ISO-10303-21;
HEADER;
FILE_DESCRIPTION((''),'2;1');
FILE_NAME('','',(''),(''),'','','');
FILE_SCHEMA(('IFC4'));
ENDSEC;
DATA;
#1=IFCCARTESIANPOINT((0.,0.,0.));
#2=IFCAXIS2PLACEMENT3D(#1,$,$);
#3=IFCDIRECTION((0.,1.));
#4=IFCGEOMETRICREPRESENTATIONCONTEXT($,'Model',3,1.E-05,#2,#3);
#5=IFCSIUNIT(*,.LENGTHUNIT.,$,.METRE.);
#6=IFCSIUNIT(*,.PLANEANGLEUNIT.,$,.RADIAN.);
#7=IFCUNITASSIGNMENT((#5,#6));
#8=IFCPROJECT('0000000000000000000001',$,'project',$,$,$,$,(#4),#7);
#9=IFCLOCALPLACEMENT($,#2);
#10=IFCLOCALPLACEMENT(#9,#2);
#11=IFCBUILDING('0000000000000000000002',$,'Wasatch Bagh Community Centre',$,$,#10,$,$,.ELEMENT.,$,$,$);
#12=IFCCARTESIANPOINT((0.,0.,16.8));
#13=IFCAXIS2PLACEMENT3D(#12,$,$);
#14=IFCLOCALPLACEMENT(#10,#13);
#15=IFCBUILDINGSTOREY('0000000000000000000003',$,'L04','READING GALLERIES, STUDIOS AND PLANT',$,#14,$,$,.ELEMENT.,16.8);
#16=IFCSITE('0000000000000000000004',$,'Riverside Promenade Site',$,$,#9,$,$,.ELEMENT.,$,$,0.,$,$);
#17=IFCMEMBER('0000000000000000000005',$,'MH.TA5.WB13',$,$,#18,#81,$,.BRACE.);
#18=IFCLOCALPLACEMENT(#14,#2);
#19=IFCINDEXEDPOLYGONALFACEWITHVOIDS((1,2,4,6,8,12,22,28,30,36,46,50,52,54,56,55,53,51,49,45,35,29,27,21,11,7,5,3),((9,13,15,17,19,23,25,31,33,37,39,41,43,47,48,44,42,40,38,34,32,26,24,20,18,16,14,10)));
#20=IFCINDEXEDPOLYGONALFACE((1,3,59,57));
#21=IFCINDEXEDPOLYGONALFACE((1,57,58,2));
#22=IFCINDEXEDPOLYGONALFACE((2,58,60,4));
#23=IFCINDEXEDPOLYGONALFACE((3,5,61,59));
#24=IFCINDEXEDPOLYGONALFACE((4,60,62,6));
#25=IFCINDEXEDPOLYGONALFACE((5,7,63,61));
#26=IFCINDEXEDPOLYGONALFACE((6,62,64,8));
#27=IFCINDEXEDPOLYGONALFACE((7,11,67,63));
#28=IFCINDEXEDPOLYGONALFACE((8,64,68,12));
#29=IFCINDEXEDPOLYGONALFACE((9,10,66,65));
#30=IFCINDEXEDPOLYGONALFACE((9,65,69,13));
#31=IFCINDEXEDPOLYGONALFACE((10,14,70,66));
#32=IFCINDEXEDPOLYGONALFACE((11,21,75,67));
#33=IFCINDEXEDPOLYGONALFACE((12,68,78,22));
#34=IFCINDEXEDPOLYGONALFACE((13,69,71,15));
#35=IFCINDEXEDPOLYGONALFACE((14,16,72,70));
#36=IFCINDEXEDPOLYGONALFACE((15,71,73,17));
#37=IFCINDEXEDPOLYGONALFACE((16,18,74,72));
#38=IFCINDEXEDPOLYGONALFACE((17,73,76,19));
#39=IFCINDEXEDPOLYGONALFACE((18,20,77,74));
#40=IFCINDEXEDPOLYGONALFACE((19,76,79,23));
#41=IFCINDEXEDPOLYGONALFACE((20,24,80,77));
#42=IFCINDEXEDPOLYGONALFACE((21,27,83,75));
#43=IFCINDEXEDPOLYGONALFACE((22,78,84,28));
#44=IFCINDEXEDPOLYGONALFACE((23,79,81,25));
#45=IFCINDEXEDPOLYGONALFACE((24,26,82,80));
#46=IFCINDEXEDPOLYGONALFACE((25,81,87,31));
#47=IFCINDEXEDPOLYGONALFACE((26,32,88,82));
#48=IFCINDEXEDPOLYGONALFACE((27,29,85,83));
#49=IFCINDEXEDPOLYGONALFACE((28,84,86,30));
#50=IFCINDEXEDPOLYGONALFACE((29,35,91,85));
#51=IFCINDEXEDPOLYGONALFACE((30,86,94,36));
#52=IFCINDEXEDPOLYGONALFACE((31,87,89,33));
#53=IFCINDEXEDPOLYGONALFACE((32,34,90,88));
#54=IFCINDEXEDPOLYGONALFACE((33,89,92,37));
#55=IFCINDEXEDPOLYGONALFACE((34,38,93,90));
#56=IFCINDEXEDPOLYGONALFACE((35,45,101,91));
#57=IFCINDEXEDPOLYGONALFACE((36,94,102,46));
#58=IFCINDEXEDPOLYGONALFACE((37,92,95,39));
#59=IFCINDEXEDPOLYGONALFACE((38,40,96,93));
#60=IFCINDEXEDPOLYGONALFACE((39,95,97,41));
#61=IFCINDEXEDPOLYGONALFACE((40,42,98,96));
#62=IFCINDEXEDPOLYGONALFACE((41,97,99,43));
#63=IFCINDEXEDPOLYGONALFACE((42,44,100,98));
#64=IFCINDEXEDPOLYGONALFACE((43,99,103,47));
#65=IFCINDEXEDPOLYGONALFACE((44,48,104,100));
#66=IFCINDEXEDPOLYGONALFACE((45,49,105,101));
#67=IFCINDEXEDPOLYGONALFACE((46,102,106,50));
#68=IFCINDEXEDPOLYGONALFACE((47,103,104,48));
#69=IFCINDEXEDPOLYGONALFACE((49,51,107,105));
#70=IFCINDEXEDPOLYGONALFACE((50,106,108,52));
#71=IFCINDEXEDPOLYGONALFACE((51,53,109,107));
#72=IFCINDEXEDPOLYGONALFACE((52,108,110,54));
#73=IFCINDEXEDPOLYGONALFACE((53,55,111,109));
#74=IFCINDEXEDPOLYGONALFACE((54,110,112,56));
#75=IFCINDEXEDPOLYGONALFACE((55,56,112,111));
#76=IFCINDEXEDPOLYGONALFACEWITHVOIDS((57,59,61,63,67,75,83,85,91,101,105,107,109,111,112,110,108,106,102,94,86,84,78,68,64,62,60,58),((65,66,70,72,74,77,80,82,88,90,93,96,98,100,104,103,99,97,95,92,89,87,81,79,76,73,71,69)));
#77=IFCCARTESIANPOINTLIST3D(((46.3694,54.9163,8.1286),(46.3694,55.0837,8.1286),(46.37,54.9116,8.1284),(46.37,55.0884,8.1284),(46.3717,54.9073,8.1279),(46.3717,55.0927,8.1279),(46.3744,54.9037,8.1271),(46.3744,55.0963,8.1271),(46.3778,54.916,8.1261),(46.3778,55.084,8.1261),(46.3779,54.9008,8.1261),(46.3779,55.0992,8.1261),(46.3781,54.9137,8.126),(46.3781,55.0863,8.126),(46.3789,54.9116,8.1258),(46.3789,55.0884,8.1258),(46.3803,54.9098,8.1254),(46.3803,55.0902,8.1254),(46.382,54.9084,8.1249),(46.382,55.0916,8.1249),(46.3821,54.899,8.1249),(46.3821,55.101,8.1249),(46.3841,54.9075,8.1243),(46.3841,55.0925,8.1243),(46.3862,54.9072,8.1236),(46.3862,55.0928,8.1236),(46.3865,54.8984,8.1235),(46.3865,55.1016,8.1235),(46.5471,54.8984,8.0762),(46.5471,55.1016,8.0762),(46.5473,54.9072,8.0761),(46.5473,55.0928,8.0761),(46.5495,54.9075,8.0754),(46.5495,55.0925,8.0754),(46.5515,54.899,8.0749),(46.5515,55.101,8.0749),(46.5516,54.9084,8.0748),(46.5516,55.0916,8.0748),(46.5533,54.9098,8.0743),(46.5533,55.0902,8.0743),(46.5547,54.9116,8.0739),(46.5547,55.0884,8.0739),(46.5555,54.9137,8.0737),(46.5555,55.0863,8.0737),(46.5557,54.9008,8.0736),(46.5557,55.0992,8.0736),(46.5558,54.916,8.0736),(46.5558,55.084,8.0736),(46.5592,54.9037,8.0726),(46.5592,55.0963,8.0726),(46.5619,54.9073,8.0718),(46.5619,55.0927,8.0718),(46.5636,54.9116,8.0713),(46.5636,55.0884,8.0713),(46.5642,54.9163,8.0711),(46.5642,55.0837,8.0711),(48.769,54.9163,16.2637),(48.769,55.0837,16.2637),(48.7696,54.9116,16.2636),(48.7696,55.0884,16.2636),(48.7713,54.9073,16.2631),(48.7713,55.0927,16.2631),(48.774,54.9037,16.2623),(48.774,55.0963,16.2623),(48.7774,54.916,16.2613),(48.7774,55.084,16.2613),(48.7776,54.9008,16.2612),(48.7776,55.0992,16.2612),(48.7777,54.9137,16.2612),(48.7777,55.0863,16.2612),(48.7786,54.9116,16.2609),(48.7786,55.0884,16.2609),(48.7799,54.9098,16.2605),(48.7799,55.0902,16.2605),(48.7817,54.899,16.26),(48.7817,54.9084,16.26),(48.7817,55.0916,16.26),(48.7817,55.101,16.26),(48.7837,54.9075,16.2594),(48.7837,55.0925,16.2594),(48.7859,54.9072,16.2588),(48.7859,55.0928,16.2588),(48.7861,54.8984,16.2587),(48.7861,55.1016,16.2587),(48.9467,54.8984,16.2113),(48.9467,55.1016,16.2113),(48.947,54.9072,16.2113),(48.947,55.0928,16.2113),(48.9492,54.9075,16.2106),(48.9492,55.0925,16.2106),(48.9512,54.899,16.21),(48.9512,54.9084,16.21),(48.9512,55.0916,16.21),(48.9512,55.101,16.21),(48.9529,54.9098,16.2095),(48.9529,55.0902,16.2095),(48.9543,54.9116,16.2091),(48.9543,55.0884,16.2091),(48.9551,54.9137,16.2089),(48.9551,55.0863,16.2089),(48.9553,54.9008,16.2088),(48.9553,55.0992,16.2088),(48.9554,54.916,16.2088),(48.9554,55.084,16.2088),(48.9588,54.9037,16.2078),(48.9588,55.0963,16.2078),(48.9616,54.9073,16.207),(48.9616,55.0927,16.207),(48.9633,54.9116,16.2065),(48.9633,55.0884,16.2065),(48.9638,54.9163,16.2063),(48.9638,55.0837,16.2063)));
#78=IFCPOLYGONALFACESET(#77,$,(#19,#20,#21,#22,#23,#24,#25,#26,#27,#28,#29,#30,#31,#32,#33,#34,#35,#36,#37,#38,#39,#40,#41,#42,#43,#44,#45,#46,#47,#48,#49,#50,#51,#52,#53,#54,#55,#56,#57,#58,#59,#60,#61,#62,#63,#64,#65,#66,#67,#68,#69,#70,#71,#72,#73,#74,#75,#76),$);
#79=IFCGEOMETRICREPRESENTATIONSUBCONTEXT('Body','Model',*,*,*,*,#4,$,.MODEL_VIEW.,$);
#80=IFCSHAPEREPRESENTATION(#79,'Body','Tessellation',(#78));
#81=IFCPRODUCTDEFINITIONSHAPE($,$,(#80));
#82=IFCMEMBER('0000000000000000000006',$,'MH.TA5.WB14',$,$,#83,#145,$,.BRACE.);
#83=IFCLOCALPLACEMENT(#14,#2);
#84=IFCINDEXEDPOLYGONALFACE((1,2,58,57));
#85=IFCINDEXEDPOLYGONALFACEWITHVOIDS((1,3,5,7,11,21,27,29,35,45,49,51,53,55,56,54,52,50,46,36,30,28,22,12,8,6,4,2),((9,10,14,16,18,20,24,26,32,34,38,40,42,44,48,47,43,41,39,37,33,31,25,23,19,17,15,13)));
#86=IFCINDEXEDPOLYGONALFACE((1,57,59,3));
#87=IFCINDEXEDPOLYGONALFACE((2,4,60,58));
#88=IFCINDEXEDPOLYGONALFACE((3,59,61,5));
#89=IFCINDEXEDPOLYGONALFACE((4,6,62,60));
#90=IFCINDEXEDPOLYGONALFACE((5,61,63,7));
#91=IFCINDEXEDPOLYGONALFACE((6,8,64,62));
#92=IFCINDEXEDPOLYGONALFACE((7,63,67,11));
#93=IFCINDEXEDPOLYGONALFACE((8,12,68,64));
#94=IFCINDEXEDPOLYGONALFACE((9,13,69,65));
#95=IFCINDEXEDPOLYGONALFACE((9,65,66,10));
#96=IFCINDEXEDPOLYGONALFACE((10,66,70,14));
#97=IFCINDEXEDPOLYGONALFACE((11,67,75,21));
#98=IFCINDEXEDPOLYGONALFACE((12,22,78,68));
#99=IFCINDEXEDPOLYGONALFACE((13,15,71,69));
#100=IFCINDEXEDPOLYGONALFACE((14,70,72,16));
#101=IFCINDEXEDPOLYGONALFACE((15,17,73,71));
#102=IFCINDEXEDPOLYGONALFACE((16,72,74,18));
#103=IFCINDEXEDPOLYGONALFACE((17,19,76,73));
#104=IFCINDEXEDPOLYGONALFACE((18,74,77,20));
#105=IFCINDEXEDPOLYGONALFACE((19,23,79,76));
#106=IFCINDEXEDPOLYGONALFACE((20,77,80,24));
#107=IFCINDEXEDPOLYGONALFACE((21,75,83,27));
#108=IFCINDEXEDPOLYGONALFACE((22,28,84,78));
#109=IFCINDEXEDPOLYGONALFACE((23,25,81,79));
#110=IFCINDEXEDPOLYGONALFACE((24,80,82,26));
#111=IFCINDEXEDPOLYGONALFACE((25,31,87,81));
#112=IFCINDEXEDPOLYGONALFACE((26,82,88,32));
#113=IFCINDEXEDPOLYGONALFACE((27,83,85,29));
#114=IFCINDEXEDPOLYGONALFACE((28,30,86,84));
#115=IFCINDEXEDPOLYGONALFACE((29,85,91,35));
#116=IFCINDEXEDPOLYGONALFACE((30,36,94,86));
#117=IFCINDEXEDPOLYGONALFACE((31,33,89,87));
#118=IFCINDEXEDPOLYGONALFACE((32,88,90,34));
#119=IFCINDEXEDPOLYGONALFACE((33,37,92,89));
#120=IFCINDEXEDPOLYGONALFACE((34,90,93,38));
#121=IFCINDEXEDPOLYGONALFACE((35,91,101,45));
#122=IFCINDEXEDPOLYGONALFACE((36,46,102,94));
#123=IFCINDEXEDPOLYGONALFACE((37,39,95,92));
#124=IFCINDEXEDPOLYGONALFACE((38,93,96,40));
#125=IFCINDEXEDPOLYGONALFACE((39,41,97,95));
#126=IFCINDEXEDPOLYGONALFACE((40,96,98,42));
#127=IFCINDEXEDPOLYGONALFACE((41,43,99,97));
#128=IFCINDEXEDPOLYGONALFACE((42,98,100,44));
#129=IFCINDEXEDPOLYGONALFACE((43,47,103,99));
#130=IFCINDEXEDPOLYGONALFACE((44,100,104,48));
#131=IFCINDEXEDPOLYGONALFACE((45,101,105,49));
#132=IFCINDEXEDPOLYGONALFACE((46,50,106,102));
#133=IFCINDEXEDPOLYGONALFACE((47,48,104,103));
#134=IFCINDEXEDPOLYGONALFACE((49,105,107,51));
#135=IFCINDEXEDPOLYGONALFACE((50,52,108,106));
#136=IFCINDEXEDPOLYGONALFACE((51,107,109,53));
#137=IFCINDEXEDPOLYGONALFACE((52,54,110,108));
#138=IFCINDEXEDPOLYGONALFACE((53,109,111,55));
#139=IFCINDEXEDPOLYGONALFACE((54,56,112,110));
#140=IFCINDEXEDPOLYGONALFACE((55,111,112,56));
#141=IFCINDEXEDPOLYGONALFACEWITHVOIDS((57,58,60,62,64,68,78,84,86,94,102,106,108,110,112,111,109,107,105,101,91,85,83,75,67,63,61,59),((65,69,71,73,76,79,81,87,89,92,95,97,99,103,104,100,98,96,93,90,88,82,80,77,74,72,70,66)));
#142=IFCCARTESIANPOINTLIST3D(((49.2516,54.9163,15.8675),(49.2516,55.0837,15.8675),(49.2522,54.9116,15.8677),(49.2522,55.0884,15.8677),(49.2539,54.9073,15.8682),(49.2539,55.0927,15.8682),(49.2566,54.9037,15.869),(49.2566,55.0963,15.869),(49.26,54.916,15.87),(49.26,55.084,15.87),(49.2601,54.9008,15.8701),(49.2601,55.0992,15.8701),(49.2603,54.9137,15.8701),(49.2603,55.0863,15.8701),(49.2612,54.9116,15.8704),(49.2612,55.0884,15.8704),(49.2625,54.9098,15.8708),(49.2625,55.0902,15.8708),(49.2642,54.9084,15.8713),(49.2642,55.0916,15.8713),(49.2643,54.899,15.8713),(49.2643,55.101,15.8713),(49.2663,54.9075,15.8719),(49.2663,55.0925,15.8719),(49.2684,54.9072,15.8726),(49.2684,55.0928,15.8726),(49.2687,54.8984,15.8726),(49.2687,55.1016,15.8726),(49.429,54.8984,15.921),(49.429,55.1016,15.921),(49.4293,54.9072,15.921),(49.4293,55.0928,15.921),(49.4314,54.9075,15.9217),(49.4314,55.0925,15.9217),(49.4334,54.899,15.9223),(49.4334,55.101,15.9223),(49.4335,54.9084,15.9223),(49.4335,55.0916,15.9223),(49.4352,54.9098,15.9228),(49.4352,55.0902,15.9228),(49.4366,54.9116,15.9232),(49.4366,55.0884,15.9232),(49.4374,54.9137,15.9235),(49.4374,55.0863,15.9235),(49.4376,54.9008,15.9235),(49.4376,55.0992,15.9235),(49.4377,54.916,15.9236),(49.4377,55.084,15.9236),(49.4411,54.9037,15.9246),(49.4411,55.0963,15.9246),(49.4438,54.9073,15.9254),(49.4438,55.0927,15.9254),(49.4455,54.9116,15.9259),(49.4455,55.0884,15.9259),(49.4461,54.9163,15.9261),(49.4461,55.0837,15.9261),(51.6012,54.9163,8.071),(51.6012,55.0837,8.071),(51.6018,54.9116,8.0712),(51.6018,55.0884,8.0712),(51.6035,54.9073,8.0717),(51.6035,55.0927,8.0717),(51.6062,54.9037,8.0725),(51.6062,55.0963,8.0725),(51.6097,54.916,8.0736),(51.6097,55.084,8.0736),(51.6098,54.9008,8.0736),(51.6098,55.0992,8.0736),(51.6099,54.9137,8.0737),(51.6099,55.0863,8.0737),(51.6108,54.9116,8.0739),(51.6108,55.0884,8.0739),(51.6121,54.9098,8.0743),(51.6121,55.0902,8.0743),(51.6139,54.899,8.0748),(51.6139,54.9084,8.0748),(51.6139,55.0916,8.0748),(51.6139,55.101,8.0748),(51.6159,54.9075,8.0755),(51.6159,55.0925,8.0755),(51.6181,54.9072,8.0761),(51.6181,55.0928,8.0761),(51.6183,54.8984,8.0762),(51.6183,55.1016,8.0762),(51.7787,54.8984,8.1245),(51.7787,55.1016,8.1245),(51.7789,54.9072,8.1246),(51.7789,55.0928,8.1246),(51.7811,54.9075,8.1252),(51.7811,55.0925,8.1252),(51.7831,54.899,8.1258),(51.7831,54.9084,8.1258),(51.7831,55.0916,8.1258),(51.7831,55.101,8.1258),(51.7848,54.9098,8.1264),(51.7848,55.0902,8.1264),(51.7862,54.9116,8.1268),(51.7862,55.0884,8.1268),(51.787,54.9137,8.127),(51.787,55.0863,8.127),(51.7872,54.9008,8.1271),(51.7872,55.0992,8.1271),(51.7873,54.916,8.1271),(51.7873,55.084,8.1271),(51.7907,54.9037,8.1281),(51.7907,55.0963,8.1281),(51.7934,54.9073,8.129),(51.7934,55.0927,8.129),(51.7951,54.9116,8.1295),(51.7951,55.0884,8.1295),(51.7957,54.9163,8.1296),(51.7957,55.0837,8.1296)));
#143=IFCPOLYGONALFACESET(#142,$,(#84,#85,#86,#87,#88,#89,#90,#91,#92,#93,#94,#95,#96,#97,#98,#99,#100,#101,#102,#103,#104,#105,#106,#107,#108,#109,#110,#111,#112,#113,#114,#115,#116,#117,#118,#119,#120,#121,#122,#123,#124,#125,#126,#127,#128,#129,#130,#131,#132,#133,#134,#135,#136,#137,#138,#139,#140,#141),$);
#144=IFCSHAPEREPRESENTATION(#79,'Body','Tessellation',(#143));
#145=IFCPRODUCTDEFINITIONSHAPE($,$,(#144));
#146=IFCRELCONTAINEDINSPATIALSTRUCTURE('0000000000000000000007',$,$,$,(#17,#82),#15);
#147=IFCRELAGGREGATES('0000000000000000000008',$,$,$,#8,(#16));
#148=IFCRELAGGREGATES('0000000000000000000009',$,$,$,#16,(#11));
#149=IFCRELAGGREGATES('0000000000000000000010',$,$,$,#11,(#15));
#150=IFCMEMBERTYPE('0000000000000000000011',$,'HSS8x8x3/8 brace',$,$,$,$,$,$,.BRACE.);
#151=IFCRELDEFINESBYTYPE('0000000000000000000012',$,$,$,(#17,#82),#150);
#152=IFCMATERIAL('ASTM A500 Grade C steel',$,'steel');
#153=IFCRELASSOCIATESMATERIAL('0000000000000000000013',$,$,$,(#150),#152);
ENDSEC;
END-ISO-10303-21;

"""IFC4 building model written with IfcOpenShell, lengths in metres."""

from ifc_helpers import new_model, si_unit, direction, frame, origin, origin_2d, place, context, subcontext, project, spatial, hollow_rectangle, extrude, material, material_profile, profile_set, type_object, element, save


model = new_model("IFC4")

# Units and contexts
model_context = context("Model", 3, precision=1e-05, world=origin(), true_north=direction((0.0, 1.0)))
body_context = subcontext(model_context, "Body", "Model", "MODEL_VIEW")
ifc_project = project(units=[si_unit("LENGTHUNIT", "METRE"), si_unit("PLANEANGLEUNIT", "RADIAN")], contexts=[model_context])

# Site, building, storey
site_placement = place(None, origin())
site = spatial("IfcSite", under=ifc_project, at=site_placement, Name="Riverside Promenade Site", CompositionType="ELEMENT", RefElevation=0.0)
building_placement = place(site_placement, origin())
building = spatial("IfcBuilding", under=site, at=building_placement, Name="Wasatch Bagh Community Centre", CompositionType="ELEMENT")
storey_placement = place(building_placement, frame((0.0, 0.0, 16.8)))
storey = spatial("IfcBuildingStorey", under=building, at=storey_placement, Name="L04", Description="READING GALLERIES, STUDIOS AND PLANT", CompositionType="ELEMENT", Elevation=16.8)

# Members
ifc_material_1 = material(Name="ASTM A500 Grade C steel", Category="steel")
ifc_material_profile_1 = material_profile(ifc_material_1, hollow_rectangle(XDim=0.2031, YDim=0.2031, WallThickness=0.0088, InnerFilletRadius=0.0088, OuterFilletRadius=0.0178, at=origin_2d()), Name="HSS8x8x3/8")
ifc_profile_set_1 = profile_set([ifc_material_profile_1], Name="ASTM A500 Grade C steel")
member_type_1 = type_object("IfcMemberType", Name="HSS8x8x3/8 brace", PredefinedType="BRACE", material=ifc_profile_set_1)
member_1_placement = place(storey_placement, frame((46.4668, 55.0, 8.0999), z_axis=(0.282919, 0.0, 0.959144), x_axis=(0.0, 1.0, 0.0)))
element("IfcMember", 1, at=member_1_placement, inside=storey, type_object=member_type_1, Name="MH.TA5.WB13", PredefinedType="BRACE", context=body_context, shape_type="SweptSolid", body=[
    extrude(hollow_rectangle(XDim=0.2031, YDim=0.2031, WallThickness=0.0088, InnerFilletRadius=0.0088, OuterFilletRadius=0.0178, at=origin_2d()), origin(), (0.0, 0.0, 1.0), 8.4817),
])
member_2_placement = place(storey_placement, frame((51.6985, 55.0, 8.1003), z_axis=(-0.288552, 0.0, 0.957464), x_axis=(0.0, -1.0, 0.0)))
element("IfcMember", 2, at=member_2_placement, inside=storey, type_object=member_type_1, Name="MH.TA5.WB14", PredefinedType="BRACE", context=body_context, shape_type="SweptSolid", body=[
    extrude(hollow_rectangle(XDim=0.2031, YDim=0.2031, WallThickness=0.0088, InnerFilletRadius=0.0088, OuterFilletRadius=0.0178, at=origin_2d()), origin(), (0.0, 0.0, 1.0), 8.1428),
])

save(model, "model.ifc")
